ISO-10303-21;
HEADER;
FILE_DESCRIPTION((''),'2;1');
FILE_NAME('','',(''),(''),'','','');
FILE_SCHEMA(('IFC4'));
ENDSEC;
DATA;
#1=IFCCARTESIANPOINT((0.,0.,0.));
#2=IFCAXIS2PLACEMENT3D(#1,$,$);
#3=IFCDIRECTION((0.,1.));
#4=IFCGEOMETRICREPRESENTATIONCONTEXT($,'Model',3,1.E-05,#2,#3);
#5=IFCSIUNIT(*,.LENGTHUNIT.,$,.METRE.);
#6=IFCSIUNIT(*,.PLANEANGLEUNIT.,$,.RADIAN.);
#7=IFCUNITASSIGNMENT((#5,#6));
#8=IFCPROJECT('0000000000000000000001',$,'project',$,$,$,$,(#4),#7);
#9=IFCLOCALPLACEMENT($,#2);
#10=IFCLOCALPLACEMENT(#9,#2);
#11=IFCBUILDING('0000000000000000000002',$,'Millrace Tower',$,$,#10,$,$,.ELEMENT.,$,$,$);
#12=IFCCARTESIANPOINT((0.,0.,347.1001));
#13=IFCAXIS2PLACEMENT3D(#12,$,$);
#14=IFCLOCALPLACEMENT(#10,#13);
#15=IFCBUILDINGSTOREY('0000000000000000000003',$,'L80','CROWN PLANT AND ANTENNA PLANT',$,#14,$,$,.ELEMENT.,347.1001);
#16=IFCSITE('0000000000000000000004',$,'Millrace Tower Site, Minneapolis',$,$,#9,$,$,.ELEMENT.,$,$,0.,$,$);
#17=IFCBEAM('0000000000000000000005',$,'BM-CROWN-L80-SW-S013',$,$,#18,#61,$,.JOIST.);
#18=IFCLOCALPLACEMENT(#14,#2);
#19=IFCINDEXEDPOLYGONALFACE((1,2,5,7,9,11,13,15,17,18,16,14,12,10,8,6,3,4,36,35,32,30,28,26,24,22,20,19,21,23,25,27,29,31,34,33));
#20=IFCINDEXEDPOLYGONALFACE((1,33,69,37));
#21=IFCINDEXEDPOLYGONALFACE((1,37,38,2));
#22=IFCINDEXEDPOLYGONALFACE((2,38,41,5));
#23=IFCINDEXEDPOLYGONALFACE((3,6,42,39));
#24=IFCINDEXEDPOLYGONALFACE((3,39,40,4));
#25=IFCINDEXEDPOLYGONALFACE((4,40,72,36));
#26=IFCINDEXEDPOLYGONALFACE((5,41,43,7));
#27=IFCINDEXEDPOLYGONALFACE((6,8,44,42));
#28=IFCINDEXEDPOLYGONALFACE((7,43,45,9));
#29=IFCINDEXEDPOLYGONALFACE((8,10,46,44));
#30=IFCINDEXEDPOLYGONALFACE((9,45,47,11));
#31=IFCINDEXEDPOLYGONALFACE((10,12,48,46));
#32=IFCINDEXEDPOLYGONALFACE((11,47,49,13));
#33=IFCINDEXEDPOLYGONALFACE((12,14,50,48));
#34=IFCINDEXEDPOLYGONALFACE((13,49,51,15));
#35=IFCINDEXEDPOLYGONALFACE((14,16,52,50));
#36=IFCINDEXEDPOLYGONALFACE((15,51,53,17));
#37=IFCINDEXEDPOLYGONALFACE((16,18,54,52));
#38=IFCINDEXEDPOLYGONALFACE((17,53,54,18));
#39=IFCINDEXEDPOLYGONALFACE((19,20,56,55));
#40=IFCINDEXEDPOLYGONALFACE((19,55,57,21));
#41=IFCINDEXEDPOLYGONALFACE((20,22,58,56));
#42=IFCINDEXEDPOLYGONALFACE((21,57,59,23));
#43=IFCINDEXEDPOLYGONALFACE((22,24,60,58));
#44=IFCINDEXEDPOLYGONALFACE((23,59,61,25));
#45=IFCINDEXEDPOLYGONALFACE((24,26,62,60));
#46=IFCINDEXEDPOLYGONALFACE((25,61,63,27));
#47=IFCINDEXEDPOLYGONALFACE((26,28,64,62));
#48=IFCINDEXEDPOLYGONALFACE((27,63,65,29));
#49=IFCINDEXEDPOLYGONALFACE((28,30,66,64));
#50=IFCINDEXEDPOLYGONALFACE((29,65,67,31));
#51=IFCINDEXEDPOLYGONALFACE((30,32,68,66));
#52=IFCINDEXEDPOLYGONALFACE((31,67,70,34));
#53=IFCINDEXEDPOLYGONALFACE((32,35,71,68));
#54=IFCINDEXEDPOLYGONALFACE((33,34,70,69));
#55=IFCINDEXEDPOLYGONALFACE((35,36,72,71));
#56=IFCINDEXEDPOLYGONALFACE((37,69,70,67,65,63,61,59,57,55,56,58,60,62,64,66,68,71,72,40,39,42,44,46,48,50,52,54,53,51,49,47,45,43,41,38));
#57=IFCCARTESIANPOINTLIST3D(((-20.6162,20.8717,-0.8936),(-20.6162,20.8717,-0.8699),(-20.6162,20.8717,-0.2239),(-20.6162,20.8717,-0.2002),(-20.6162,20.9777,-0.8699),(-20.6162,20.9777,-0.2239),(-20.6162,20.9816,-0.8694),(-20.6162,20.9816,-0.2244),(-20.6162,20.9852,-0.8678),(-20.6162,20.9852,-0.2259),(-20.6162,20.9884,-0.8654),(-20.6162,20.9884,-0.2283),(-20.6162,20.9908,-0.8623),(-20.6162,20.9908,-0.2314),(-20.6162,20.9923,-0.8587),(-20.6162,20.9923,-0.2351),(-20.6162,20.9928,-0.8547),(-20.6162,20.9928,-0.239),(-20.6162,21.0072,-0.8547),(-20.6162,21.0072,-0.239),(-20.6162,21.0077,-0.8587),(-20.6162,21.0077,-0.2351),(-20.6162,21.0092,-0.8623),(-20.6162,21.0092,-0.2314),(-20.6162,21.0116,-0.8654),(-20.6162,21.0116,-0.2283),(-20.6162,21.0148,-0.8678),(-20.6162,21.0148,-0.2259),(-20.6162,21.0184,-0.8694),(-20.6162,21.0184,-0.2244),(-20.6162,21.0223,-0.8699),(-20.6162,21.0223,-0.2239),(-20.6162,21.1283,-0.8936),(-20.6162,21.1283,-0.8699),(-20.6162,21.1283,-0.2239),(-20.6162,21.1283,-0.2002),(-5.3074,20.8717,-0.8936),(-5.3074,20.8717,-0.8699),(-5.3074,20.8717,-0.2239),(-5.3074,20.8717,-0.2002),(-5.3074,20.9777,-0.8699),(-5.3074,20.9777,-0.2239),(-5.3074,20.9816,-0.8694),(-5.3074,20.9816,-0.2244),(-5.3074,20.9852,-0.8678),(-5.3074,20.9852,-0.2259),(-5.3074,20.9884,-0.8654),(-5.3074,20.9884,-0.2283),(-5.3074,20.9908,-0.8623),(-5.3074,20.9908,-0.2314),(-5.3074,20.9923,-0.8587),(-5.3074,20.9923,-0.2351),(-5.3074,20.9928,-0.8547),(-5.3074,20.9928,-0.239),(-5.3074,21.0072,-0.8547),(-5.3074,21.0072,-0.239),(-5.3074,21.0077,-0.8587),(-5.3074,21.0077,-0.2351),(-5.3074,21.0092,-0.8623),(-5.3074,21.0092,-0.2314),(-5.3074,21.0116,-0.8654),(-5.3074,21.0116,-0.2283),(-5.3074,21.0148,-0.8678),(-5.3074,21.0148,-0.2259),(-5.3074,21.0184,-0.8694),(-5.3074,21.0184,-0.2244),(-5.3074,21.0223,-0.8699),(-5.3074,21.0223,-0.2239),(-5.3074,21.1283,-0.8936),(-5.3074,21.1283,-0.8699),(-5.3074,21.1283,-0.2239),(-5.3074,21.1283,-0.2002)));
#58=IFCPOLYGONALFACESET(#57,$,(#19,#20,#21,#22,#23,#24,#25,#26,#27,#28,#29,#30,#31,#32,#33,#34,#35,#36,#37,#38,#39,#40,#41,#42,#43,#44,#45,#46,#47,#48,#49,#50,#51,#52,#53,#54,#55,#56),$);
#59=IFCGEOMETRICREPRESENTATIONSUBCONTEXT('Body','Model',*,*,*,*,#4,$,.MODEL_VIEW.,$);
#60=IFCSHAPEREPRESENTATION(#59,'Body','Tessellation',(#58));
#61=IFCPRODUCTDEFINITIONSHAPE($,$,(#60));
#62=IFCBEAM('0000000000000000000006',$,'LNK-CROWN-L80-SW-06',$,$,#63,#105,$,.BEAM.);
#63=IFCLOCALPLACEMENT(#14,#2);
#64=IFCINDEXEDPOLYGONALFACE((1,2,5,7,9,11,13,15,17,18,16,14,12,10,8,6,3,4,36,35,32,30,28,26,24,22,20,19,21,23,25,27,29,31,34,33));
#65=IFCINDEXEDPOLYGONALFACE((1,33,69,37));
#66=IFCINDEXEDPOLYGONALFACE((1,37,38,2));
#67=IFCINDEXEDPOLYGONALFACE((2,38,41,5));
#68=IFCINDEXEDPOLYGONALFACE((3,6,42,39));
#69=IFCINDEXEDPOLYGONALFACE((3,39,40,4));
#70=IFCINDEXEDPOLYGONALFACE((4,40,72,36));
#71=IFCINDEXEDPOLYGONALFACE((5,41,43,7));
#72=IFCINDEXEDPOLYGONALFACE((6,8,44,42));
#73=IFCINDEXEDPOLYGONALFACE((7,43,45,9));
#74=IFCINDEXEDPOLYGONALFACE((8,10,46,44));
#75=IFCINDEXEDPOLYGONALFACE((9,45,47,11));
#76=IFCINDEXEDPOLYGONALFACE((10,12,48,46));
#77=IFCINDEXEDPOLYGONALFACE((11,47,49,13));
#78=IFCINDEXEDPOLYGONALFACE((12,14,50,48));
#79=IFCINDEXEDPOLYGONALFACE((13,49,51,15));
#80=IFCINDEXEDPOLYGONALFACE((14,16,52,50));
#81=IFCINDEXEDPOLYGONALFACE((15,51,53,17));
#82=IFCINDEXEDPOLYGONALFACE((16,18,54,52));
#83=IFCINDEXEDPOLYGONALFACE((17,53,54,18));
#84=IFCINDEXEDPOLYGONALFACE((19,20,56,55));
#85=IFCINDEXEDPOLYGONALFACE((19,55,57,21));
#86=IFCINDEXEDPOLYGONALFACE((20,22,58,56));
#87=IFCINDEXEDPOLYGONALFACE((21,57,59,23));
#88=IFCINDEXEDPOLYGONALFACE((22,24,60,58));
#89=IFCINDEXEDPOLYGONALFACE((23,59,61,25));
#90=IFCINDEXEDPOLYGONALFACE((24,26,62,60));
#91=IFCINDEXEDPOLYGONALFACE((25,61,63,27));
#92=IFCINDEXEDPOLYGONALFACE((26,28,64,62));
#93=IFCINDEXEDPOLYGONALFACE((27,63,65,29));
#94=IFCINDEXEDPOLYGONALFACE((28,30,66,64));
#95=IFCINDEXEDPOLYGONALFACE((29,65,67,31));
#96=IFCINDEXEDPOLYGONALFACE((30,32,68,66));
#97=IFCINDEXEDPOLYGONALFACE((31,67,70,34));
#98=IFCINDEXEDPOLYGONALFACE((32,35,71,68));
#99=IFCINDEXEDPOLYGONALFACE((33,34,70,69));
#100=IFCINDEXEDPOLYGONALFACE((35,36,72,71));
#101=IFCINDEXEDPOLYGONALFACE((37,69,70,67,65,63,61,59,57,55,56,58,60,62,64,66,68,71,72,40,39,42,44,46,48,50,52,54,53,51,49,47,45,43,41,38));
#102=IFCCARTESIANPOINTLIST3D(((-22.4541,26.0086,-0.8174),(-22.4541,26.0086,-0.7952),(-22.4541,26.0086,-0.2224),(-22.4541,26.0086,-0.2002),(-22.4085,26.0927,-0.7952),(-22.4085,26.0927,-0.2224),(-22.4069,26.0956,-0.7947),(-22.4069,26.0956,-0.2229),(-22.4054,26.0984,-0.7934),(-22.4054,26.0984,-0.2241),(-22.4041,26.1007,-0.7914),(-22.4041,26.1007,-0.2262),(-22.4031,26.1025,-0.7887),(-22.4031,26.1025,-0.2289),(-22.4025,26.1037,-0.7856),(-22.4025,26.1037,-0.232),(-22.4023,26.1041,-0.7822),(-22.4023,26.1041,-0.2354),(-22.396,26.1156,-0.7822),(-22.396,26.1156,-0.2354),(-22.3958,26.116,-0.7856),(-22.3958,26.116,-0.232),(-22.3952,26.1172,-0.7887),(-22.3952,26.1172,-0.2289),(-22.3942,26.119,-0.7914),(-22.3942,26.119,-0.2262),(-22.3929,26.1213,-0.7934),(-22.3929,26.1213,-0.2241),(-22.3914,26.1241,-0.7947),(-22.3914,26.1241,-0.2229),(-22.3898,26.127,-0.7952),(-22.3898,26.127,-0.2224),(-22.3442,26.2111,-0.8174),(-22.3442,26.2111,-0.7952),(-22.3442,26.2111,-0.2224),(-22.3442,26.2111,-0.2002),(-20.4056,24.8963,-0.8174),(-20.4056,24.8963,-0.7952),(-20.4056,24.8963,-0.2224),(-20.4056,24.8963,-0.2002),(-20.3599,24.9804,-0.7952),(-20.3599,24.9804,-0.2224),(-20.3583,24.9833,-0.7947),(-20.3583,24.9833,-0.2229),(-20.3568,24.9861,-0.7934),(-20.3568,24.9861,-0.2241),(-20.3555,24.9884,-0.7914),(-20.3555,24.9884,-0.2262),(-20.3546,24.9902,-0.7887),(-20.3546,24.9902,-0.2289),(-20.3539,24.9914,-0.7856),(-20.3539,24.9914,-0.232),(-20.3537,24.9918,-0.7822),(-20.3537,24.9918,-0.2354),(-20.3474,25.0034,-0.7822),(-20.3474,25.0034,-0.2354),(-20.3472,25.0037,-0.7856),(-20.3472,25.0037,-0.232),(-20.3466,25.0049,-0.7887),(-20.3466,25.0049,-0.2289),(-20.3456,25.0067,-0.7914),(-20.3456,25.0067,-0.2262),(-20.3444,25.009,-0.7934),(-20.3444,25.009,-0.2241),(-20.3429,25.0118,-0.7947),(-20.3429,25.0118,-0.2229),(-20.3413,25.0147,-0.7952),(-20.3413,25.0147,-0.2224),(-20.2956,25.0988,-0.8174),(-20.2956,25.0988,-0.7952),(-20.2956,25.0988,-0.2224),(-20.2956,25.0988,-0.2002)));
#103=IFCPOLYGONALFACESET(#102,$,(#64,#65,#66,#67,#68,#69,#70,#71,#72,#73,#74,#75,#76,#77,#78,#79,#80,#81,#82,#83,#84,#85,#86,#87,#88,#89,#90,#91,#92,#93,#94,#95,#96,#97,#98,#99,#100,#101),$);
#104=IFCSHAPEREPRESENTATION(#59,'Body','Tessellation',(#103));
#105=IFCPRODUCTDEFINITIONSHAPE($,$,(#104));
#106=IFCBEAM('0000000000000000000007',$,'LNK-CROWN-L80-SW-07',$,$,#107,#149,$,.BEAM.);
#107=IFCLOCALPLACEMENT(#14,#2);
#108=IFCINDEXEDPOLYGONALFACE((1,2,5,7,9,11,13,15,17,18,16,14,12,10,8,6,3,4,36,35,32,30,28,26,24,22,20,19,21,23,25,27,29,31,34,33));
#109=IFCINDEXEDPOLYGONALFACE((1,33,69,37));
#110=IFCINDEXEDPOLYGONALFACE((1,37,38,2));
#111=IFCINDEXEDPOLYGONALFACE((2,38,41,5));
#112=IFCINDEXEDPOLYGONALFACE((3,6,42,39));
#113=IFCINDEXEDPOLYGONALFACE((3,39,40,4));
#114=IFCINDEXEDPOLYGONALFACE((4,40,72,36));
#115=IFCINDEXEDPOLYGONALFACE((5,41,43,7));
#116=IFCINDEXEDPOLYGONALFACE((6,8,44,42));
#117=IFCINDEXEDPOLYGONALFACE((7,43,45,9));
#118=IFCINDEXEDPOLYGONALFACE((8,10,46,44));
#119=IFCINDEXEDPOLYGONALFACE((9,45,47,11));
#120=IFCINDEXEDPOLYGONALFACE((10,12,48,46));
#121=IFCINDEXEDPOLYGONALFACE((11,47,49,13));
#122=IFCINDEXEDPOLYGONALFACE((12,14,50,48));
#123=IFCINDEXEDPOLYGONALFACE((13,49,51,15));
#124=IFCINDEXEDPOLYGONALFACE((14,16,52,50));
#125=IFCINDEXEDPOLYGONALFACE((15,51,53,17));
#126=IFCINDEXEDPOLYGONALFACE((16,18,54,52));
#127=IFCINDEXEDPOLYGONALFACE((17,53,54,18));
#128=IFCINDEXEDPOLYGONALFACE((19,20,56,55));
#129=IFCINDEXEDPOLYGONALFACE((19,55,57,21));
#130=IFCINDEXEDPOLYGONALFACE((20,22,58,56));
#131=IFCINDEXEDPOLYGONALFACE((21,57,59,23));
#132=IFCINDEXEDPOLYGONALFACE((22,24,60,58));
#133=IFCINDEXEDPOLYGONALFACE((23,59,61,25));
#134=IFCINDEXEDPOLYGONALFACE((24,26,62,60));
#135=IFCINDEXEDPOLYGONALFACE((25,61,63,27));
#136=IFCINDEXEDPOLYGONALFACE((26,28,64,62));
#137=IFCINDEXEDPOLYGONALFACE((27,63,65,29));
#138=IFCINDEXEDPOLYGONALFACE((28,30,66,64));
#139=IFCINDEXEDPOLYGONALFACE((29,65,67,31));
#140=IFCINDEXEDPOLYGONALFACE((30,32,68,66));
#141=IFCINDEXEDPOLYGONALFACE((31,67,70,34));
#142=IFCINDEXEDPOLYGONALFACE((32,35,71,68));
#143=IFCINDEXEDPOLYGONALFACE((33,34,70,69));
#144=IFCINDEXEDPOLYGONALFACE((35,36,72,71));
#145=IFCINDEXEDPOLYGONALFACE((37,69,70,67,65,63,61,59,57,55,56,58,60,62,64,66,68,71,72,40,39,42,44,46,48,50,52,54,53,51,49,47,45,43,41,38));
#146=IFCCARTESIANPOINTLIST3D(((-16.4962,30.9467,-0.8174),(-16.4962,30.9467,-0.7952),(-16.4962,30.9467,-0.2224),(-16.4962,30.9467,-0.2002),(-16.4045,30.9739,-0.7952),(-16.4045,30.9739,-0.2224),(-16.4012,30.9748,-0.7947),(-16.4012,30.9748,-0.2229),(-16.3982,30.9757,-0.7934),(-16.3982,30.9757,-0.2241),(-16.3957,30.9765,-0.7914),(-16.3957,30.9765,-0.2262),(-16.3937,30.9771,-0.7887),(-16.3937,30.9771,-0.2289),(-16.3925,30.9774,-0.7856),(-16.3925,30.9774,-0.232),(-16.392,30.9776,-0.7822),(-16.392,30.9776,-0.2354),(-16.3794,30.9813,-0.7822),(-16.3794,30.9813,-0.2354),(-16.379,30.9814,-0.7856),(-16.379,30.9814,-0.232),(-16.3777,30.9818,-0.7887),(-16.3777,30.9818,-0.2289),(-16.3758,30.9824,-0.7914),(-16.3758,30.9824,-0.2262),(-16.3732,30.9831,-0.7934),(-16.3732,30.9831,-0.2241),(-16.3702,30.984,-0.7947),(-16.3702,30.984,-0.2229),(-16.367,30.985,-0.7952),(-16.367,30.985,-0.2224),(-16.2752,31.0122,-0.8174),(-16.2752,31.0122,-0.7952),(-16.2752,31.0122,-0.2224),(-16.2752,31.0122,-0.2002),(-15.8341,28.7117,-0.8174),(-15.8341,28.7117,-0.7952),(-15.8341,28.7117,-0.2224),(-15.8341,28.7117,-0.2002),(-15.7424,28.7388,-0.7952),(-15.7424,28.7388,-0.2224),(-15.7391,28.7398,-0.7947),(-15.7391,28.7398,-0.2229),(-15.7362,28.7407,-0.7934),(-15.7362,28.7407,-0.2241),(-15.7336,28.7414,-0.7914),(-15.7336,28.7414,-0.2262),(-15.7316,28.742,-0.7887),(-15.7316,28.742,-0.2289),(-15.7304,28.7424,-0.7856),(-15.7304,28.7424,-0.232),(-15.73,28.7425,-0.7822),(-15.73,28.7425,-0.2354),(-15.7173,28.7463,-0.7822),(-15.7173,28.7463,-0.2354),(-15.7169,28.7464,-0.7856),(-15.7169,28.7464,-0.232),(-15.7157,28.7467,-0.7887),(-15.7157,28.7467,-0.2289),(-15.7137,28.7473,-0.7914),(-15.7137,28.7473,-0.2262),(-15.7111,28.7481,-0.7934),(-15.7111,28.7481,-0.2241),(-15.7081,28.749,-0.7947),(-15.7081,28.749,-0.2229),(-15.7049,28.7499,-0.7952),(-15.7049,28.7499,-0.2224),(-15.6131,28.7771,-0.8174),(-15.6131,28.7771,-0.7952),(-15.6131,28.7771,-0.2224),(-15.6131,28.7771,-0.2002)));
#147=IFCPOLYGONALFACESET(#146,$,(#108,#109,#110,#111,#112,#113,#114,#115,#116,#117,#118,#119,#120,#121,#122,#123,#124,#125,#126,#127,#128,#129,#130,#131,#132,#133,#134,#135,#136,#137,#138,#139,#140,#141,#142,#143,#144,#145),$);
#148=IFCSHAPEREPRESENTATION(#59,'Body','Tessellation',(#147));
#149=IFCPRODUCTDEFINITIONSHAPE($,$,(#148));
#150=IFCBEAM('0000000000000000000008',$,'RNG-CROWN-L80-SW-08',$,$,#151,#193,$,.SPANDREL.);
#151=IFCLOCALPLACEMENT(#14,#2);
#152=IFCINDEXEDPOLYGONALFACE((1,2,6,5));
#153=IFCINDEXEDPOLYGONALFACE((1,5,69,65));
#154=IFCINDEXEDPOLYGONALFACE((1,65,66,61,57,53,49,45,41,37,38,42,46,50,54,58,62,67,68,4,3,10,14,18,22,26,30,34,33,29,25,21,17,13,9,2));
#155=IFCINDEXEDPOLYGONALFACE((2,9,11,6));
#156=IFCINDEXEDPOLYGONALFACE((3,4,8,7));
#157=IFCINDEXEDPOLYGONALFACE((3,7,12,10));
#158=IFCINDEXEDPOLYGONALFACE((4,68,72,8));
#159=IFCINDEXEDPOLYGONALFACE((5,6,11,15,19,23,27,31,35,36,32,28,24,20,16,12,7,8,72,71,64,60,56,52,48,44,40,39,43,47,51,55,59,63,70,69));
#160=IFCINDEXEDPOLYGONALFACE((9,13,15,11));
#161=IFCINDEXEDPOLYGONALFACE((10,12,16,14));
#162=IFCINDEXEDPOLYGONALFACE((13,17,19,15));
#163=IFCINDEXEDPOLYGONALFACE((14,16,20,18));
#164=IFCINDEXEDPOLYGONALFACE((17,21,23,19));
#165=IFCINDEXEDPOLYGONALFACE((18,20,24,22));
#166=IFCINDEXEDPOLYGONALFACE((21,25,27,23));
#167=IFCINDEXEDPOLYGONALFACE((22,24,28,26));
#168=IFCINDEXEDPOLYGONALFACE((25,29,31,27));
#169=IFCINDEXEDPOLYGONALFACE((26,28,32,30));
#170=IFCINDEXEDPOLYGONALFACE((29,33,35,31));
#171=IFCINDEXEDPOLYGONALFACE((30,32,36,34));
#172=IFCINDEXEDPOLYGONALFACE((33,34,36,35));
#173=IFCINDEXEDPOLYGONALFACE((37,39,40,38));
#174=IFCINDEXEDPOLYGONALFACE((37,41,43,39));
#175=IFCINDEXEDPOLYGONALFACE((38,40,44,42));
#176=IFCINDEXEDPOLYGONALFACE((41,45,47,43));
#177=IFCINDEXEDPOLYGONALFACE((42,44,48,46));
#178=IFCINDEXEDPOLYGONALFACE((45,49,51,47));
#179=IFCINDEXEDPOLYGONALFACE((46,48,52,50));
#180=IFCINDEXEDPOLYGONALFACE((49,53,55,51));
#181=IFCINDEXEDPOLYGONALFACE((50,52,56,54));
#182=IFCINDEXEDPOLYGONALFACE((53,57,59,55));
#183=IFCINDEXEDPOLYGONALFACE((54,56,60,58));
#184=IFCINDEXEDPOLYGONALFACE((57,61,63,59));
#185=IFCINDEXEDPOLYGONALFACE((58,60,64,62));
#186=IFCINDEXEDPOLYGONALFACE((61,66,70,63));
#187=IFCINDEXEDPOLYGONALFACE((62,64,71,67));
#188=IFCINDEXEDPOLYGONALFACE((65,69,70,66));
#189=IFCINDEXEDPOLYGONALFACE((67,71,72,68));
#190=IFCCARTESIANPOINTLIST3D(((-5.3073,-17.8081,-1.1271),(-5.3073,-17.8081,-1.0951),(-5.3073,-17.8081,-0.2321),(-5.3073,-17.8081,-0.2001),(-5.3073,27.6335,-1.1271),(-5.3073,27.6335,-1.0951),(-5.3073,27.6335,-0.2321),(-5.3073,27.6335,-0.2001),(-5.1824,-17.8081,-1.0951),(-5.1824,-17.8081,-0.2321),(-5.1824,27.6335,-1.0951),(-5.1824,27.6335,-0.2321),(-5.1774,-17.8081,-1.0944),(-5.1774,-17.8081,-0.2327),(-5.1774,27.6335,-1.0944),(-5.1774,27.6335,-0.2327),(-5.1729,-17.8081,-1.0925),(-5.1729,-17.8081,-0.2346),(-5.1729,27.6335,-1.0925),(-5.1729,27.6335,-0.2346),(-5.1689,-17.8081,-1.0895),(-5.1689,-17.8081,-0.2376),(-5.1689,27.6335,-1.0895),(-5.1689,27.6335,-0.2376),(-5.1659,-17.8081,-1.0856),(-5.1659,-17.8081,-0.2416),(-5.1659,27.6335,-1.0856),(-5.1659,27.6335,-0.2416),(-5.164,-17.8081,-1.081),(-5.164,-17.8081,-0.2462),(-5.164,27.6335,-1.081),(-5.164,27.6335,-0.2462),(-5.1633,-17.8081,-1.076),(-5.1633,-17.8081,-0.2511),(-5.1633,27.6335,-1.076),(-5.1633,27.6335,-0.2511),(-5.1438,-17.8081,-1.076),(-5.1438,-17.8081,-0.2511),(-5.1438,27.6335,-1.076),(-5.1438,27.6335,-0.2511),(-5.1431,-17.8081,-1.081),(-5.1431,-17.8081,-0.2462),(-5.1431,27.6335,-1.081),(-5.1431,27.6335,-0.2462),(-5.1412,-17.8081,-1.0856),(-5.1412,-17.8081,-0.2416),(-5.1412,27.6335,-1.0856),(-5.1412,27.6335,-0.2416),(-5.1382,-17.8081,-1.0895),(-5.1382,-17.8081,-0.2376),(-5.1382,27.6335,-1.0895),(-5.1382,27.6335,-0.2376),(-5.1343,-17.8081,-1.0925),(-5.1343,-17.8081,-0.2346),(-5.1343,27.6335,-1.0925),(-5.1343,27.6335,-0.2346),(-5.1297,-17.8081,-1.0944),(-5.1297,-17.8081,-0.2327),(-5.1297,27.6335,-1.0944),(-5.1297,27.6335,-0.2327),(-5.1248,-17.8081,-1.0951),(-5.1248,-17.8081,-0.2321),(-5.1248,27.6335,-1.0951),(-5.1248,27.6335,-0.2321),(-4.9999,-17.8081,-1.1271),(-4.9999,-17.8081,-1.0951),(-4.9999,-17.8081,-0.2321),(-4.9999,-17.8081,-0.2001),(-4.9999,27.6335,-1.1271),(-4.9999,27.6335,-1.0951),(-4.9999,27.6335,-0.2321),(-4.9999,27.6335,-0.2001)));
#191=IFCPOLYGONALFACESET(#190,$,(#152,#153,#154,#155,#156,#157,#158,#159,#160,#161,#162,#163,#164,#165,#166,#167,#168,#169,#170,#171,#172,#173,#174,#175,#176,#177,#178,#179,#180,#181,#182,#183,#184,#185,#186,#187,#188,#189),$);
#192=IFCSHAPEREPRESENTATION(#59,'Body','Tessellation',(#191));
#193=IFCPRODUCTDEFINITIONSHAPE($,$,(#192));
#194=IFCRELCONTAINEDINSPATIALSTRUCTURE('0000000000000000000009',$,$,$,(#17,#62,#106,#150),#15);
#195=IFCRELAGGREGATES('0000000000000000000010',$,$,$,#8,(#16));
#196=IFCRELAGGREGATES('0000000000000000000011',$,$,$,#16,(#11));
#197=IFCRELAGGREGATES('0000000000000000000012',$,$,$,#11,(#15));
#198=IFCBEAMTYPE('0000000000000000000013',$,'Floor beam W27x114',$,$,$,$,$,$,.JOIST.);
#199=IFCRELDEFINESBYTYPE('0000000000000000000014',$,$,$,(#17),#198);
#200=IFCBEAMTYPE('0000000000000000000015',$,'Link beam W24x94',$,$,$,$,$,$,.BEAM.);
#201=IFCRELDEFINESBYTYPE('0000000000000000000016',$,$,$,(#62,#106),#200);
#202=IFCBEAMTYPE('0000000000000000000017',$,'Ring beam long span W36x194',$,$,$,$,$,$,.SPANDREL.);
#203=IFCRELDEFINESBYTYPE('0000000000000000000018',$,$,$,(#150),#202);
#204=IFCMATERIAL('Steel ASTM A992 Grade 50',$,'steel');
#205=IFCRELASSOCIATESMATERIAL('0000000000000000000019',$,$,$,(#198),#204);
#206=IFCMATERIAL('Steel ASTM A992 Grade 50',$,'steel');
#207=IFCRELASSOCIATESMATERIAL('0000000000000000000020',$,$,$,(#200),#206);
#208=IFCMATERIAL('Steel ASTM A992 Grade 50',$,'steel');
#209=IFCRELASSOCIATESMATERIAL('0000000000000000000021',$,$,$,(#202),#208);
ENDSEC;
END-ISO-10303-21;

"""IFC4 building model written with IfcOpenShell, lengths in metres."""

from ifc_helpers import new_model, si_unit, direction, frame, origin, origin_2d, place, context, subcontext, project, spatial, i_section, extrude, material, material_profile, profile_set, type_object, element, save


model = new_model("IFC4")

# Units and contexts
model_context = context("Model", 3, precision=1e-05, world=origin(), true_north=direction((0.0, 1.0)))
body_context = subcontext(model_context, "Body", "Model", "MODEL_VIEW")
ifc_project = project(units=[si_unit("LENGTHUNIT", "METRE"), si_unit("PLANEANGLEUNIT", "RADIAN")], contexts=[model_context])

# Site, building, storey
site_placement = place(None, origin())
site = spatial("IfcSite", under=ifc_project, at=site_placement, Name="Millrace Tower Site, Minneapolis", CompositionType="ELEMENT", RefElevation=0.0)
building_placement = place(site_placement, origin())
building = spatial("IfcBuilding", under=site, at=building_placement, Name="Millrace Tower", CompositionType="ELEMENT")
storey_placement = place(building_placement, frame((0.0, 0.0, 347.1001)))
storey = spatial("IfcBuildingStorey", under=building, at=storey_placement, Name="L80", Description="CROWN PLANT AND ANTENNA PLANT", CompositionType="ELEMENT", Elevation=347.1001)

# Beams
ifc_material_1 = material(Name="Steel ASTM A992 Grade 50", Category="steel")
ifc_material_profile_1 = material_profile(ifc_material_1, i_section(OverallWidth=0.2566, OverallDepth=0.6934, WebThickness=0.0144, FlangeThickness=0.0237, FilletRadius=0.0151, at=origin_2d()))
ifc_profile_set_1 = profile_set([ifc_material_profile_1], Name="Steel ASTM A992 Grade 50")
beam_type_1 = type_object("IfcBeamType", Name="Floor beam W27x114", PredefinedType="JOIST", material=ifc_profile_set_1)
beam_1_placement = place(storey_placement, frame((-20.6162, 21.0, -0.5469), z_axis=(1.0, 0.0, 0.0), x_axis=(0.0, 1.0, 0.0)))
element("IfcBeam", 1, at=beam_1_placement, inside=storey, type_object=beam_type_1, Name="BM-CROWN-L80-SW-S013", PredefinedType="JOIST", context=body_context, shape_type="SweptSolid", body=[
    extrude(i_section(OverallWidth=0.2566, OverallDepth=0.6934, WebThickness=0.0144, FlangeThickness=0.0237, FilletRadius=0.0151, at=origin_2d()), origin(), (0.0, 0.0, 1.0), 15.3088),
])
ifc_material_2 = material(Name="Steel ASTM A992 Grade 50", Category="steel")
ifc_material_profile_2 = material_profile(ifc_material_2, i_section(OverallWidth=0.2305, OverallDepth=0.6172, WebThickness=0.0132, FlangeThickness=0.0222, FilletRadius=0.0129, at=origin_2d()))
ifc_profile_set_2 = profile_set([ifc_material_profile_2], Name="Steel ASTM A992 Grade 50")
beam_type_2 = type_object("IfcBeamType", Name="Link beam W24x94", PredefinedType="BEAM", material=ifc_profile_set_2)
for number, where, z_axis, x_axis, name in (
    (2, (-20.3506, 24.9976, -0.5088), (-0.878815, 0.477164, 0.0), (-0.477164, -0.878815, 0.0), "LNK-CROWN-L80-SW-06"),
    (3, (-15.7236, 28.7444, -0.5088), (-0.284031, 0.958815, 0.0), (-0.958815, -0.284031, 0.0), "LNK-CROWN-L80-SW-07"),
):
    element("IfcBeam", number, at=place(storey_placement, frame(where, z_axis=z_axis, x_axis=x_axis)), inside=storey, type_object=beam_type_2, Name=name, PredefinedType="BEAM", context=body_context, shape_type="SweptSolid", body=[
        extrude(i_section(OverallWidth=0.2305, OverallDepth=0.6172, WebThickness=0.0132, FlangeThickness=0.0222, FilletRadius=0.0129, at=origin_2d()), origin(), (0.0, 0.0, 1.0), 2.3311),
    ])
ifc_material_3 = material(Name="Steel ASTM A992 Grade 50", Category="steel")
ifc_material_profile_3 = material_profile(ifc_material_3, i_section(OverallWidth=0.3074, OverallDepth=0.927, WebThickness=0.0195, FlangeThickness=0.032, FilletRadius=0.019, at=origin_2d()))
ifc_profile_set_3 = profile_set([ifc_material_profile_3], Name="Steel ASTM A992 Grade 50")
beam_type_3 = type_object("IfcBeamType", Name="Ring beam long span W36x194", PredefinedType="SPANDREL", material=ifc_profile_set_3)
beam_2_placement = place(storey_placement, frame((-5.1536, 27.6335, -0.6636), z_axis=(0.0, -1.0, 0.0), x_axis=(1.0, 0.0, 0.0)))
element("IfcBeam", 4, at=beam_2_placement, inside=storey, type_object=beam_type_3, Name="RNG-CROWN-L80-SW-08", PredefinedType="SPANDREL", context=body_context, shape_type="SweptSolid", body=[
    extrude(i_section(OverallWidth=0.3074, OverallDepth=0.927, WebThickness=0.0195, FlangeThickness=0.032, FilletRadius=0.019, at=origin_2d()), origin(), (0.0, 0.0, 1.0), 45.4417),
])

save(model, "model.ifc")
